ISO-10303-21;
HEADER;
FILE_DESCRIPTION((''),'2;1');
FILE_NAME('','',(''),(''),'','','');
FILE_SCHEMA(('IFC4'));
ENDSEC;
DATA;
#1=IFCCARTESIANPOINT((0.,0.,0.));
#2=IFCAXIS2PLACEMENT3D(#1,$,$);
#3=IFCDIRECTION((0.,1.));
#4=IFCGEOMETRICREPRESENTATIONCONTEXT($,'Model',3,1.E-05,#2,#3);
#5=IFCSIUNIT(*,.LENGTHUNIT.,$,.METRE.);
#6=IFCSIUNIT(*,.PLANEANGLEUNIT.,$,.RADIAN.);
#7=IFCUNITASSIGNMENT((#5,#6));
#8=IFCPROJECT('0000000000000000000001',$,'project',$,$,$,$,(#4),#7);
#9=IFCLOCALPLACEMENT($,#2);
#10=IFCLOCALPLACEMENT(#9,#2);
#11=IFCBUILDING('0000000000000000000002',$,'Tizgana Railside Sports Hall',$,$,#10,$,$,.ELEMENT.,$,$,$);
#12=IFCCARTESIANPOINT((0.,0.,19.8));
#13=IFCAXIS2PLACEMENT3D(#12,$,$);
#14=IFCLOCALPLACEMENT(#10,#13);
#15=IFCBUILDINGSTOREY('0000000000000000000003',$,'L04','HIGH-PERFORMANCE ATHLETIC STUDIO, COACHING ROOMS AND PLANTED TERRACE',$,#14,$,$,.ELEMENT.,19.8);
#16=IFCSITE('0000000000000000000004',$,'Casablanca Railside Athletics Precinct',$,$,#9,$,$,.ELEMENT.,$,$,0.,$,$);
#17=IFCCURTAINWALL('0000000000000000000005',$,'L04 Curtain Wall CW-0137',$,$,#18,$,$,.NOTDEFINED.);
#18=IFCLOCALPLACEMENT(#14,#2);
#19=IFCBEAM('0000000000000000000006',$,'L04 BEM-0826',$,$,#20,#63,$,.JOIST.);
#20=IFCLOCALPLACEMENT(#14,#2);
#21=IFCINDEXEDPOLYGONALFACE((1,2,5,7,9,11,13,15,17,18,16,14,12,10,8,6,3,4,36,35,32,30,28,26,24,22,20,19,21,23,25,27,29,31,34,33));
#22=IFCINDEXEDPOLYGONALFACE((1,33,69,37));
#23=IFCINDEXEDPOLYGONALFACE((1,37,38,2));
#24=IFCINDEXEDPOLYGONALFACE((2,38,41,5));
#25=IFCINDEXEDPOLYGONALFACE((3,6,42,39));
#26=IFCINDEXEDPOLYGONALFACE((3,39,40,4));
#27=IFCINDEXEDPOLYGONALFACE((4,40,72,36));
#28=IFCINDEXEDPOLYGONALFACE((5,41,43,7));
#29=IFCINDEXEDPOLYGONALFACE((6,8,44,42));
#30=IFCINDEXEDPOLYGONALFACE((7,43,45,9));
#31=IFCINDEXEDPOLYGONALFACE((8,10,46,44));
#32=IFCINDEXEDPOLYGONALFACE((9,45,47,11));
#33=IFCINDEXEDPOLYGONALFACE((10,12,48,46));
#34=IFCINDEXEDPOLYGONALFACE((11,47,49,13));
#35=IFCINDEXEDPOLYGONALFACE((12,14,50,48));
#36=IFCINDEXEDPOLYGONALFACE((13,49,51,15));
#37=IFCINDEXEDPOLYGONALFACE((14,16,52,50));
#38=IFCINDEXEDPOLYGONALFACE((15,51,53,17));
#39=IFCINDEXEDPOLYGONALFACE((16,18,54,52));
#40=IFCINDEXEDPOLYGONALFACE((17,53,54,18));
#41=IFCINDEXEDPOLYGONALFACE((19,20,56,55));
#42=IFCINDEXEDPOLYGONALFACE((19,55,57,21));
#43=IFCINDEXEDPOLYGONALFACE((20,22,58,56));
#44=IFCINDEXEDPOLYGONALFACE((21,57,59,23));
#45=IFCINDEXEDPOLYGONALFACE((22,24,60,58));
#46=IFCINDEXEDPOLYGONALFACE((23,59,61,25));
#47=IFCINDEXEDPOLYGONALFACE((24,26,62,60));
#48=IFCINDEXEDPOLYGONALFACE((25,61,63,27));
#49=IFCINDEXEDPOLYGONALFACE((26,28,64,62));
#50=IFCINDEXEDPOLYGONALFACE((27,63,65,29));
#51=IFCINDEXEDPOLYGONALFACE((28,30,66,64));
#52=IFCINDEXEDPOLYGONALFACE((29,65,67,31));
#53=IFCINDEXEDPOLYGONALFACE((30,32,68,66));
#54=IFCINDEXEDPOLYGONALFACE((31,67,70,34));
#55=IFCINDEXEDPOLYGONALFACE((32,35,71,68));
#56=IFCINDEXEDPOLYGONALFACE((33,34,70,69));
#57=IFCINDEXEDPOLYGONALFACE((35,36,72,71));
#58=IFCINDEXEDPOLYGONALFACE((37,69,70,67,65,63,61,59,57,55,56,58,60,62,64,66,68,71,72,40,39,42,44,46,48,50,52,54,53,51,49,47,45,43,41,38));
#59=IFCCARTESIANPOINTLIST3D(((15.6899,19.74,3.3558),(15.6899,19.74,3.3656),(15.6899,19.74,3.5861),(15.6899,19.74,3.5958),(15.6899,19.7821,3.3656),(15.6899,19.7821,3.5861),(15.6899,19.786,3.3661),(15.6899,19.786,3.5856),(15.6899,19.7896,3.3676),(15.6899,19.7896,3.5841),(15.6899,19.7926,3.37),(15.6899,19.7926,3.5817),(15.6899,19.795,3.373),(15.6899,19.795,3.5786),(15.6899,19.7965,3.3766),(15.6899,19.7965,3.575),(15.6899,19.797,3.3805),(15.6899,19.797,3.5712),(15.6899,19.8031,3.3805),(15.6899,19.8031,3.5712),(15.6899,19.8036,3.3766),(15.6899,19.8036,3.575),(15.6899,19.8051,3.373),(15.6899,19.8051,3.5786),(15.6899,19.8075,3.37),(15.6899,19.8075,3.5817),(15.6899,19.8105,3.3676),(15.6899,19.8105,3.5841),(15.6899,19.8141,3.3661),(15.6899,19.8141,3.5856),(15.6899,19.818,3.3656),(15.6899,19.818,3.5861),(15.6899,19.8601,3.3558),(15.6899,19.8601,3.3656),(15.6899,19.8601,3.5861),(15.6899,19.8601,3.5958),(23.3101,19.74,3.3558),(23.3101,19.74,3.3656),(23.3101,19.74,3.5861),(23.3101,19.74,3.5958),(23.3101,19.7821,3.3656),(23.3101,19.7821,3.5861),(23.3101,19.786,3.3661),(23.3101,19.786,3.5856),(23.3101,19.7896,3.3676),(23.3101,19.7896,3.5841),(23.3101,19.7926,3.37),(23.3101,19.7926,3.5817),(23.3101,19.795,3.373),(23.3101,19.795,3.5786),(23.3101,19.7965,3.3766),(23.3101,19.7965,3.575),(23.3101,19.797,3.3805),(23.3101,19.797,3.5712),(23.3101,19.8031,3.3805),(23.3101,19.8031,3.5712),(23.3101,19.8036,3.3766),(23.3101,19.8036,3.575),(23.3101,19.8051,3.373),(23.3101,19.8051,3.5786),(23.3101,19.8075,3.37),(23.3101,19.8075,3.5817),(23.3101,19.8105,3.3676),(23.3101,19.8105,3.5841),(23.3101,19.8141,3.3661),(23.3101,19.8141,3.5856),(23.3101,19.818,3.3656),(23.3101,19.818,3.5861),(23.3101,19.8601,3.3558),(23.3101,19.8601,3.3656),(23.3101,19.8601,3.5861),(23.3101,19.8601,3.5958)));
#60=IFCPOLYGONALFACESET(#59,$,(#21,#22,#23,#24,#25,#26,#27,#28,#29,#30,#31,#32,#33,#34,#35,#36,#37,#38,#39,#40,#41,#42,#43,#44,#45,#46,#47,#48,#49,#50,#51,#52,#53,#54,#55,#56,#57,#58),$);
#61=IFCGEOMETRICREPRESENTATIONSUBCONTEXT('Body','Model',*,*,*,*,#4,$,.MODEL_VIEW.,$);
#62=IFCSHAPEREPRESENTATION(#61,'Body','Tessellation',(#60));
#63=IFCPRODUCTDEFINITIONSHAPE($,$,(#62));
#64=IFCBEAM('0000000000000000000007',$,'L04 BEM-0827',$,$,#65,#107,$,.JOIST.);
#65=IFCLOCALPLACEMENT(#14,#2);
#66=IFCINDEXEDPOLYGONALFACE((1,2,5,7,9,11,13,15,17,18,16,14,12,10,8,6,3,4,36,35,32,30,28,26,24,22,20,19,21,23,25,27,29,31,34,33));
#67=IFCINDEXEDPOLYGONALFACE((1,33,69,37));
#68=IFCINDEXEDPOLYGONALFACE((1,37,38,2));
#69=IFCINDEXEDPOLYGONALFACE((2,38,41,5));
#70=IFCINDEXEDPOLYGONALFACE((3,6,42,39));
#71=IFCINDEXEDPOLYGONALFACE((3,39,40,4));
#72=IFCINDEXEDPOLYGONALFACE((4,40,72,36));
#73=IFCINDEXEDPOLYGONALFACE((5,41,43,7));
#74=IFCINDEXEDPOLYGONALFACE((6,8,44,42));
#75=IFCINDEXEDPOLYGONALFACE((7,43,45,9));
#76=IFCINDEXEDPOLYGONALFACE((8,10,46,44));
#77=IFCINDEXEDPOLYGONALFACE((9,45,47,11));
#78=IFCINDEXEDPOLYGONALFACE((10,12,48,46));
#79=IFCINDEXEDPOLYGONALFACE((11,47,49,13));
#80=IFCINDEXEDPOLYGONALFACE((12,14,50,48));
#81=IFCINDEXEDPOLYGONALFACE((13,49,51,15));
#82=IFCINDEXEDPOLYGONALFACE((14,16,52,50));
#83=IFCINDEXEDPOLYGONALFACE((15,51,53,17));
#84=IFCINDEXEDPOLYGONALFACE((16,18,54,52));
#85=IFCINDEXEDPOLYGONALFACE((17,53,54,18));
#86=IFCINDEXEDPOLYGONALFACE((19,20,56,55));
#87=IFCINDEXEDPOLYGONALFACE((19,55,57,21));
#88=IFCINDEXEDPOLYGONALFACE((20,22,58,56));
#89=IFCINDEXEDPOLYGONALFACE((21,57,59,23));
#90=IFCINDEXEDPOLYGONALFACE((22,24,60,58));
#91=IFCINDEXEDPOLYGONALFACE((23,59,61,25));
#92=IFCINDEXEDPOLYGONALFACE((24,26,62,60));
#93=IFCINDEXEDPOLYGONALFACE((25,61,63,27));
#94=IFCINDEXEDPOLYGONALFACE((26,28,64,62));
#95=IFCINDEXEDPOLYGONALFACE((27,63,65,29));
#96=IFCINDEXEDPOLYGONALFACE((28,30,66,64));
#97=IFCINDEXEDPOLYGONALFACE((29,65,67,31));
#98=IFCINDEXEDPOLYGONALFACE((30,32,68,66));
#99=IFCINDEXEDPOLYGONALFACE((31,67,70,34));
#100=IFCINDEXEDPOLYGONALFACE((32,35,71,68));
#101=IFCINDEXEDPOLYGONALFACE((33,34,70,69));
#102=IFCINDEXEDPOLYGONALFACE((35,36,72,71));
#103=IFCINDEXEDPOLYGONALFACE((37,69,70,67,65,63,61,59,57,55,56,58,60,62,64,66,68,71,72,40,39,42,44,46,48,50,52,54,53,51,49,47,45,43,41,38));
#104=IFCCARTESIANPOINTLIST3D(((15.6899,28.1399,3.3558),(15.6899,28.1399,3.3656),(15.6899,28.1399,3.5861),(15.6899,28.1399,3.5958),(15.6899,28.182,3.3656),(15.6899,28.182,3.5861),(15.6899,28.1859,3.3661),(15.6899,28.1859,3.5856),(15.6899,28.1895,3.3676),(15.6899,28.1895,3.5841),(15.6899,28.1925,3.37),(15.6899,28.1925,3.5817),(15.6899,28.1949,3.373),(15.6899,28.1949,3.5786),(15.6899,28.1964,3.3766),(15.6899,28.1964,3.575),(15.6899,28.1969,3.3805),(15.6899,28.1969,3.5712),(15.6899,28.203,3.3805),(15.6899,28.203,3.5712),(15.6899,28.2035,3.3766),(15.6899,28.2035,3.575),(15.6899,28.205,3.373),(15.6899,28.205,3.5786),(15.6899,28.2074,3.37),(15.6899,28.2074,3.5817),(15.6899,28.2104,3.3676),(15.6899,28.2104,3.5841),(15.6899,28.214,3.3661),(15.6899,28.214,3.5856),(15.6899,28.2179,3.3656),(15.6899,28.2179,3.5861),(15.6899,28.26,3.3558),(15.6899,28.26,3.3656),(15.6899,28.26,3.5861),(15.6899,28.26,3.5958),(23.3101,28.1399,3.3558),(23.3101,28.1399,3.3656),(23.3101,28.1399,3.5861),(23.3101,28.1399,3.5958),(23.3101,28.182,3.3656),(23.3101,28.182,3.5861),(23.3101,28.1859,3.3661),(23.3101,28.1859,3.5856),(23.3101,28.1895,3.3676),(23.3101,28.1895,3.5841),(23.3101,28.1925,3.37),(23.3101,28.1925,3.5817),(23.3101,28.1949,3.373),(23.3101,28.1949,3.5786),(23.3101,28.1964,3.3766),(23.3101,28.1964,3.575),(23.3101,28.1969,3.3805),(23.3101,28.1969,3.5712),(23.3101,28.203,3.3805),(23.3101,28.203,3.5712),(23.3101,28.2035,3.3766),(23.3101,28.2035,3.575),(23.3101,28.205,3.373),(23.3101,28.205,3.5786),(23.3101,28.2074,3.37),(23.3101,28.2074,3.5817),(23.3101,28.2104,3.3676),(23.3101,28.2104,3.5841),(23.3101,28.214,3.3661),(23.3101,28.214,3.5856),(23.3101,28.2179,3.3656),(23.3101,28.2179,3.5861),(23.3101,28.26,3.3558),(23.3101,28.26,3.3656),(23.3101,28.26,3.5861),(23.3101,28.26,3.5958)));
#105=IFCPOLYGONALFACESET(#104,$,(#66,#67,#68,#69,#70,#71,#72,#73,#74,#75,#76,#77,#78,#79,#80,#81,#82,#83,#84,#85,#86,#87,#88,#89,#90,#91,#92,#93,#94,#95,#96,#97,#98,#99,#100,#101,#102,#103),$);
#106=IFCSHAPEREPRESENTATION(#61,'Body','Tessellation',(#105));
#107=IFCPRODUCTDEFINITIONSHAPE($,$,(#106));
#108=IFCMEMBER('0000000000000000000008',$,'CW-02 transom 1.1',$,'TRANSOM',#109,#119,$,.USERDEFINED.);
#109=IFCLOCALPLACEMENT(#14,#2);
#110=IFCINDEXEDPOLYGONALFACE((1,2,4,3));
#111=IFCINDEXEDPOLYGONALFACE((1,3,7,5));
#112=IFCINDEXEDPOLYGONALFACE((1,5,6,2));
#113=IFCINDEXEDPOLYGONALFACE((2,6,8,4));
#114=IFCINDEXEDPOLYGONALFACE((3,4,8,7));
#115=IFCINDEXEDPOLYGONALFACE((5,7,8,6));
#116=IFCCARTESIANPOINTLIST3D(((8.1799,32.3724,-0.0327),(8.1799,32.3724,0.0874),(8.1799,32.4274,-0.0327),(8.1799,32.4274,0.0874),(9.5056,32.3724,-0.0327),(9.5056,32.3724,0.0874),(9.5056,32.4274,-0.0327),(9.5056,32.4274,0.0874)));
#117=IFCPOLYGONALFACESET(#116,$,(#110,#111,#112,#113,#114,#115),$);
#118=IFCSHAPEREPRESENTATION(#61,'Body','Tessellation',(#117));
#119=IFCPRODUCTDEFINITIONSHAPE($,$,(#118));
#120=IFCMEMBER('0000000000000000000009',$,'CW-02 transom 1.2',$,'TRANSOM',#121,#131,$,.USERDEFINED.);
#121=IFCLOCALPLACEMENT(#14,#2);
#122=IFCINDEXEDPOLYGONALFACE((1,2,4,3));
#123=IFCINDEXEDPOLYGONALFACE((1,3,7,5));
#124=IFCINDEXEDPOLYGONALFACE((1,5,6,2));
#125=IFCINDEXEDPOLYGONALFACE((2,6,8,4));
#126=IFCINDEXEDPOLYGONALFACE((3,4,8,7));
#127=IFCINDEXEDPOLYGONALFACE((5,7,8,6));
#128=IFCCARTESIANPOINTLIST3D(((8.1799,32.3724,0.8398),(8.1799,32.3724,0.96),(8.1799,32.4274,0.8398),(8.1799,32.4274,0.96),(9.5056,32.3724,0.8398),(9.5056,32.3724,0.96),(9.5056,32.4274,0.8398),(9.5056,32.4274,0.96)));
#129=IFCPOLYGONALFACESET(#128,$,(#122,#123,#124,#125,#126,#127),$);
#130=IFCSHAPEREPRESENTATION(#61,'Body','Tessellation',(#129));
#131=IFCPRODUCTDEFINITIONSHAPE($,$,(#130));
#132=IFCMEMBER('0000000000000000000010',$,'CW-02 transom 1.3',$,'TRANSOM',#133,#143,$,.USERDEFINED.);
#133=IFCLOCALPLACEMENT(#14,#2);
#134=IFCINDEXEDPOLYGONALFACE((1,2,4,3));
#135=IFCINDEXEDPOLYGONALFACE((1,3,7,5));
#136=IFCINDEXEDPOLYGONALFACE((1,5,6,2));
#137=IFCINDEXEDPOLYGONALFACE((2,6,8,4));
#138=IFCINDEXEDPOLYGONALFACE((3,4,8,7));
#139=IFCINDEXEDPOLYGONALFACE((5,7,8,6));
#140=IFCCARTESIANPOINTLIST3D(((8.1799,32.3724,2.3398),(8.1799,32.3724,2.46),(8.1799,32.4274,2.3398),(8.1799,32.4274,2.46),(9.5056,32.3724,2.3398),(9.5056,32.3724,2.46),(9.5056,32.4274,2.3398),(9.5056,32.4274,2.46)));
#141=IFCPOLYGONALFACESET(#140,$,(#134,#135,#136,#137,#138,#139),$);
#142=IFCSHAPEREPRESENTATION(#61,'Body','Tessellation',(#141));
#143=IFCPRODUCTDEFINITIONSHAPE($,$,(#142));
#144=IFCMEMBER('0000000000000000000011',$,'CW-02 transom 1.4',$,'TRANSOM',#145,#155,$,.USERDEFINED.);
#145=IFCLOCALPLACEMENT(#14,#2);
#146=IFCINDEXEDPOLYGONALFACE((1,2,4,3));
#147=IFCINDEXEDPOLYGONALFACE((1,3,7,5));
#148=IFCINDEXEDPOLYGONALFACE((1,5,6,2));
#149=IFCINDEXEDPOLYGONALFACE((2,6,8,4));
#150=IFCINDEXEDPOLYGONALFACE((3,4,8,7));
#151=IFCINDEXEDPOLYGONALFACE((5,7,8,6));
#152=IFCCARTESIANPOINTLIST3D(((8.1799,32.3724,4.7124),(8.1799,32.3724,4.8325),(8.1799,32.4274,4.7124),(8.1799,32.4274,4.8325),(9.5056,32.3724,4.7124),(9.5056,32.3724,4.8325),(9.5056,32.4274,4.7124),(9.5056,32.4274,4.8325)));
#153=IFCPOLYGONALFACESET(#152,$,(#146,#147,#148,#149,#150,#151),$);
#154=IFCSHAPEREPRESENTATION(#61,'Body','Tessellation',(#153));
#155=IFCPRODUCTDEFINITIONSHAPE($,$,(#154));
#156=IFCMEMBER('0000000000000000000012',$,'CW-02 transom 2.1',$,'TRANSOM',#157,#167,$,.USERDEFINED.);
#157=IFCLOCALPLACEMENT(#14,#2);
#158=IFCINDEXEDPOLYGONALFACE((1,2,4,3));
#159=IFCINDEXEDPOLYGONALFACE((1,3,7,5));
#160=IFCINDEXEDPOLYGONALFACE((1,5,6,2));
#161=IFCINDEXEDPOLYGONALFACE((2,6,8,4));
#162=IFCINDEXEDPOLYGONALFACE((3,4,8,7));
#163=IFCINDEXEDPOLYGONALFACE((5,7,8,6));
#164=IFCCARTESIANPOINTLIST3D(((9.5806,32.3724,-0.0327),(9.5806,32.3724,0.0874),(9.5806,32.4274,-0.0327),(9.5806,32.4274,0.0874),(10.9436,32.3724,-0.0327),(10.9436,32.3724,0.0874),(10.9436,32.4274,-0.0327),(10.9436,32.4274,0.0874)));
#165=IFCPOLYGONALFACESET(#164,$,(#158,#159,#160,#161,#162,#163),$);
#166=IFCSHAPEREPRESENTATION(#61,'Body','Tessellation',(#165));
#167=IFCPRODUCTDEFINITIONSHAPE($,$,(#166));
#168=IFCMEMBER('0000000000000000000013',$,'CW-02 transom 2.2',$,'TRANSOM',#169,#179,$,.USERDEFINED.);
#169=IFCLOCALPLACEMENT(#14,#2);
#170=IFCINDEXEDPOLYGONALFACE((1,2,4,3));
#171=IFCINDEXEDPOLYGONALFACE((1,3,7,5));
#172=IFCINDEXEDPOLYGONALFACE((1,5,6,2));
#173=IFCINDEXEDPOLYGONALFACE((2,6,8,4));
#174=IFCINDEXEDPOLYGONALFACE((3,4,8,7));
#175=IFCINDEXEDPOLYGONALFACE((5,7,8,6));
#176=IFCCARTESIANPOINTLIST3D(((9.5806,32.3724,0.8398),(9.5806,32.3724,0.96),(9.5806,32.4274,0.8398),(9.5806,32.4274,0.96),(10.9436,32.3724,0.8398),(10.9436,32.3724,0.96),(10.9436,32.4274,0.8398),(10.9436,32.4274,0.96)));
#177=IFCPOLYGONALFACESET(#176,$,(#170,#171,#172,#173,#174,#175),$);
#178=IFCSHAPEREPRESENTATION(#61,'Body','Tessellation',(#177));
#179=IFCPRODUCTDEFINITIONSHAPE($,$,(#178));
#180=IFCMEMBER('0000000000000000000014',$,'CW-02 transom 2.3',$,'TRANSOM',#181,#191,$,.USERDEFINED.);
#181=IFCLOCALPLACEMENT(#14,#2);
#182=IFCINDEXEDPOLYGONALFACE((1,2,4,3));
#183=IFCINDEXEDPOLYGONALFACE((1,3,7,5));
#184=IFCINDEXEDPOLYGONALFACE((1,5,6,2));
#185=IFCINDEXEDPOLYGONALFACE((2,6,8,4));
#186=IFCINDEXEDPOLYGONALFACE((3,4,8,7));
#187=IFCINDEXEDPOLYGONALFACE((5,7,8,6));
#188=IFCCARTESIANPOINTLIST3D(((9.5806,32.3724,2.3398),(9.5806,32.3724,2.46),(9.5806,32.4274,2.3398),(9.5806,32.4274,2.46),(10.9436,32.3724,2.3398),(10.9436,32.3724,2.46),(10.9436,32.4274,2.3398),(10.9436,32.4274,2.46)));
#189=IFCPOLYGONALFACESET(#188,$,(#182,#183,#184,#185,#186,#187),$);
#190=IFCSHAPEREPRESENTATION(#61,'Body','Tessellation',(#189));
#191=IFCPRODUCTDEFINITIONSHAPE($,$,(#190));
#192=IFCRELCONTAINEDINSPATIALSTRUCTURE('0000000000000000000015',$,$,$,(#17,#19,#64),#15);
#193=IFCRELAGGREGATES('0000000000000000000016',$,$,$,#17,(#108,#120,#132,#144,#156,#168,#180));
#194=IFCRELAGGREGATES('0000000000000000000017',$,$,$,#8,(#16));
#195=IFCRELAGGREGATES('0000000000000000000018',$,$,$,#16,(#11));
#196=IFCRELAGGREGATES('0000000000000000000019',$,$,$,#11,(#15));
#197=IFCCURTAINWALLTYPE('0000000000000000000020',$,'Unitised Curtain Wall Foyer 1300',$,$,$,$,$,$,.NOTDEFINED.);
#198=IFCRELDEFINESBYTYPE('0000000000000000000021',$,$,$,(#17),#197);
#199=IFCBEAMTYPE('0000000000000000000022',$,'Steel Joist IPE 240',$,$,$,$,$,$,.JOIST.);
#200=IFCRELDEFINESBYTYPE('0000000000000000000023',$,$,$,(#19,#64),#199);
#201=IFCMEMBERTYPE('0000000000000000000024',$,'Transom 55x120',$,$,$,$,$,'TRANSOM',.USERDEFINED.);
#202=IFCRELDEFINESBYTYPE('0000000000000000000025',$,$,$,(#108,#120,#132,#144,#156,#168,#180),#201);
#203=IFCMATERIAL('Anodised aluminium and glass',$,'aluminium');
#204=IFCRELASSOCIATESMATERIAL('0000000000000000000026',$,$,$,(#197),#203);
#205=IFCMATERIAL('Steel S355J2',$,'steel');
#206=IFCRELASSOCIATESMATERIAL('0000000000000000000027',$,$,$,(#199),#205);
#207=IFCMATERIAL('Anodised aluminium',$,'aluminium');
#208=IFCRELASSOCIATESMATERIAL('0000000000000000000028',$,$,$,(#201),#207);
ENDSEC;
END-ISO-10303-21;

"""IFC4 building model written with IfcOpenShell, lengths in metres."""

from ifc_helpers import new_model, si_unit, direction, frame, origin, origin_2d, place, context, subcontext, project, spatial, rectangle, i_section, extrude, material, material_profile, profile_set, type_object, element, aggregate, save


model = new_model("IFC4")

# Units and contexts
model_context = context("Model", 3, precision=1e-05, world=origin(), true_north=direction((0.0, 1.0)))
body_context = subcontext(model_context, "Body", "Model", "MODEL_VIEW")
ifc_project = project(units=[si_unit("LENGTHUNIT", "METRE"), si_unit("PLANEANGLEUNIT", "RADIAN")], contexts=[model_context])

# Site, building, storey
site_placement = place(None, origin())
site = spatial("IfcSite", under=ifc_project, at=site_placement, Name="Casablanca Railside Athletics Precinct", CompositionType="ELEMENT", RefElevation=0.0)
building_placement = place(site_placement, origin())
building = spatial("IfcBuilding", under=site, at=building_placement, Name="Tizgana Railside Sports Hall", CompositionType="ELEMENT")
storey_placement = place(building_placement, frame((0.0, 0.0, 19.8)))
storey = spatial("IfcBuildingStorey", under=building, at=storey_placement, Name="L04", Description="HIGH-PERFORMANCE ATHLETIC STUDIO, COACHING ROOMS AND PLANTED TERRACE", CompositionType="ELEMENT", Elevation=19.8)

# Curtain wall
ifc_material_1 = material(Name="Anodised aluminium and glass", Category="aluminium")
curtain_wall_type = type_object("IfcCurtainWallType", Name="Unitised Curtain Wall Foyer 1300", PredefinedType="NOTDEFINED", material=ifc_material_1)
curtain_wall_placement = place(storey_placement, origin())
curtain_wall = element("IfcCurtainWall", 1, at=curtain_wall_placement, inside=storey, type_object=curtain_wall_type, Name="L04 Curtain Wall CW-0137", PredefinedType="NOTDEFINED")
ifc_material_2 = material(Name="Anodised aluminium", Category="aluminium")

# Beams
ifc_material_3 = material(Name="Steel S355J2", Category="steel")
ifc_material_profile_1 = material_profile(ifc_material_3, i_section(OverallWidth=0.1201, OverallDepth=0.24, WebThickness=0.0061, FlangeThickness=0.0098, FilletRadius=0.0149, at=origin_2d()), Name="IPE 240")
ifc_profile_set_1 = profile_set([ifc_material_profile_1], Name="Steel S355J2")
beam_type_1 = type_object("IfcBeamType", Name="Steel Joist IPE 240", PredefinedType="JOIST", material=ifc_profile_set_1)
for number, where, z_axis, x_axis, name in (
    (2, (15.6899, 19.8, 3.4758), (1.0, 0.0, 0.0), (0.0, 1.0, 0.0), "L04 BEM-0826"),
    (3, (15.6899, 28.2, 3.4758), (1.0, 0.0, 0.0), (0.0, 1.0, 0.0), "L04 BEM-0827"),
):
    element("IfcBeam", number, at=place(storey_placement, frame(where, z_axis=z_axis, x_axis=x_axis)), inside=storey, type_object=beam_type_1, Name=name, PredefinedType="JOIST", context=body_context, shape_type="SweptSolid", body=[
        extrude(i_section(OverallWidth=0.1201, OverallDepth=0.24, WebThickness=0.0061, FlangeThickness=0.0098, FilletRadius=0.0149, at=origin_2d()), origin(), (0.0, 0.0, 1.0), 7.6201),
    ])

# Members
ifc_material_profile_2 = material_profile(ifc_material_2, rectangle(XDim=0.0549, YDim=0.1201, at=origin_2d()), Name="Transom 55x120")
ifc_profile_set_2 = profile_set([ifc_material_profile_2], Name="Anodised aluminium")
member_type_1 = type_object("IfcMemberType", Name="Transom 55x120", ElementType="TRANSOM", PredefinedType="USERDEFINED", material=ifc_profile_set_2)
member_1_placement = place(storey_placement, frame((8.1799, 32.3999, 0.0273), z_axis=(1.0, 0.0, 0.0), x_axis=(0.0, 1.0, 0.0)))
member_1 = element("IfcMember", 4, at=member_1_placement, type_object=member_type_1, Name="CW-02 transom 1.1", ObjectType="TRANSOM", PredefinedType="USERDEFINED", context=body_context, shape_type="SweptSolid", body=[
    extrude(rectangle(XDim=0.0549, YDim=0.1201, at=origin_2d()), origin(), (0.0, 0.0, 1.0), 1.3257),
])
member_2_placement = place(storey_placement, frame((8.1799, 32.3999, 0.8999), z_axis=(1.0, 0.0, 0.0), x_axis=(0.0, 1.0, 0.0)))
member_2 = element("IfcMember", 5, at=member_2_placement, type_object=member_type_1, Name="CW-02 transom 1.2", ObjectType="TRANSOM", PredefinedType="USERDEFINED", context=body_context, shape_type="SweptSolid", body=[
    extrude(rectangle(XDim=0.0549, YDim=0.1201, at=origin_2d()), origin(), (0.0, 0.0, 1.0), 1.3257),
])
member_3_placement = place(storey_placement, frame((8.1799, 32.3999, 2.3999), z_axis=(1.0, 0.0, 0.0), x_axis=(0.0, 1.0, 0.0)))
member_3 = element("IfcMember", 6, at=member_3_placement, type_object=member_type_1, Name="CW-02 transom 1.3", ObjectType="TRANSOM", PredefinedType="USERDEFINED", context=body_context, shape_type="SweptSolid", body=[
    extrude(rectangle(XDim=0.0549, YDim=0.1201, at=origin_2d()), origin(), (0.0, 0.0, 1.0), 1.3257),
])
member_4_placement = place(storey_placement, frame((8.1799, 32.3999, 4.7725), z_axis=(1.0, 0.0, 0.0), x_axis=(0.0, 1.0, 0.0)))
member_4 = element("IfcMember", 7, at=member_4_placement, type_object=member_type_1, Name="CW-02 transom 1.4", ObjectType="TRANSOM", PredefinedType="USERDEFINED", context=body_context, shape_type="SweptSolid", body=[
    extrude(rectangle(XDim=0.0549, YDim=0.1201, at=origin_2d()), origin(), (0.0, 0.0, 1.0), 1.3257),
])
member_5_placement = place(storey_placement, frame((9.5806, 32.3999, 0.0273), z_axis=(1.0, 0.0, 0.0), x_axis=(0.0, 1.0, 0.0)))
member_5 = element("IfcMember", 8, at=member_5_placement, type_object=member_type_1, Name="CW-02 transom 2.1", ObjectType="TRANSOM", PredefinedType="USERDEFINED", context=body_context, shape_type="SweptSolid", body=[
    extrude(rectangle(XDim=0.0549, YDim=0.1201, at=origin_2d()), origin(), (0.0, 0.0, 1.0), 1.363),
])
member_6_placement = place(storey_placement, frame((9.5806, 32.3999, 0.8999), z_axis=(1.0, 0.0, 0.0), x_axis=(0.0, 1.0, 0.0)))
member_6 = element("IfcMember", 9, at=member_6_placement, type_object=member_type_1, Name="CW-02 transom 2.2", ObjectType="TRANSOM", PredefinedType="USERDEFINED", context=body_context, shape_type="SweptSolid", body=[
    extrude(rectangle(XDim=0.0549, YDim=0.1201, at=origin_2d()), origin(), (0.0, 0.0, 1.0), 1.363),
])
member_7_placement = place(storey_placement, frame((9.5806, 32.3999, 2.3999), z_axis=(1.0, 0.0, 0.0), x_axis=(0.0, 1.0, 0.0)))
member_7 = element("IfcMember", 10, at=member_7_placement, type_object=member_type_1, Name="CW-02 transom 2.3", ObjectType="TRANSOM", PredefinedType="USERDEFINED", context=body_context, shape_type="SweptSolid", body=[
    extrude(rectangle(XDim=0.0549, YDim=0.1201, at=origin_2d()), origin(), (0.0, 0.0, 1.0), 1.363),
])

aggregate(curtain_wall, [member_1, member_2, member_3, member_4, member_5, member_6, member_7])

save(model, "model.ifc")
